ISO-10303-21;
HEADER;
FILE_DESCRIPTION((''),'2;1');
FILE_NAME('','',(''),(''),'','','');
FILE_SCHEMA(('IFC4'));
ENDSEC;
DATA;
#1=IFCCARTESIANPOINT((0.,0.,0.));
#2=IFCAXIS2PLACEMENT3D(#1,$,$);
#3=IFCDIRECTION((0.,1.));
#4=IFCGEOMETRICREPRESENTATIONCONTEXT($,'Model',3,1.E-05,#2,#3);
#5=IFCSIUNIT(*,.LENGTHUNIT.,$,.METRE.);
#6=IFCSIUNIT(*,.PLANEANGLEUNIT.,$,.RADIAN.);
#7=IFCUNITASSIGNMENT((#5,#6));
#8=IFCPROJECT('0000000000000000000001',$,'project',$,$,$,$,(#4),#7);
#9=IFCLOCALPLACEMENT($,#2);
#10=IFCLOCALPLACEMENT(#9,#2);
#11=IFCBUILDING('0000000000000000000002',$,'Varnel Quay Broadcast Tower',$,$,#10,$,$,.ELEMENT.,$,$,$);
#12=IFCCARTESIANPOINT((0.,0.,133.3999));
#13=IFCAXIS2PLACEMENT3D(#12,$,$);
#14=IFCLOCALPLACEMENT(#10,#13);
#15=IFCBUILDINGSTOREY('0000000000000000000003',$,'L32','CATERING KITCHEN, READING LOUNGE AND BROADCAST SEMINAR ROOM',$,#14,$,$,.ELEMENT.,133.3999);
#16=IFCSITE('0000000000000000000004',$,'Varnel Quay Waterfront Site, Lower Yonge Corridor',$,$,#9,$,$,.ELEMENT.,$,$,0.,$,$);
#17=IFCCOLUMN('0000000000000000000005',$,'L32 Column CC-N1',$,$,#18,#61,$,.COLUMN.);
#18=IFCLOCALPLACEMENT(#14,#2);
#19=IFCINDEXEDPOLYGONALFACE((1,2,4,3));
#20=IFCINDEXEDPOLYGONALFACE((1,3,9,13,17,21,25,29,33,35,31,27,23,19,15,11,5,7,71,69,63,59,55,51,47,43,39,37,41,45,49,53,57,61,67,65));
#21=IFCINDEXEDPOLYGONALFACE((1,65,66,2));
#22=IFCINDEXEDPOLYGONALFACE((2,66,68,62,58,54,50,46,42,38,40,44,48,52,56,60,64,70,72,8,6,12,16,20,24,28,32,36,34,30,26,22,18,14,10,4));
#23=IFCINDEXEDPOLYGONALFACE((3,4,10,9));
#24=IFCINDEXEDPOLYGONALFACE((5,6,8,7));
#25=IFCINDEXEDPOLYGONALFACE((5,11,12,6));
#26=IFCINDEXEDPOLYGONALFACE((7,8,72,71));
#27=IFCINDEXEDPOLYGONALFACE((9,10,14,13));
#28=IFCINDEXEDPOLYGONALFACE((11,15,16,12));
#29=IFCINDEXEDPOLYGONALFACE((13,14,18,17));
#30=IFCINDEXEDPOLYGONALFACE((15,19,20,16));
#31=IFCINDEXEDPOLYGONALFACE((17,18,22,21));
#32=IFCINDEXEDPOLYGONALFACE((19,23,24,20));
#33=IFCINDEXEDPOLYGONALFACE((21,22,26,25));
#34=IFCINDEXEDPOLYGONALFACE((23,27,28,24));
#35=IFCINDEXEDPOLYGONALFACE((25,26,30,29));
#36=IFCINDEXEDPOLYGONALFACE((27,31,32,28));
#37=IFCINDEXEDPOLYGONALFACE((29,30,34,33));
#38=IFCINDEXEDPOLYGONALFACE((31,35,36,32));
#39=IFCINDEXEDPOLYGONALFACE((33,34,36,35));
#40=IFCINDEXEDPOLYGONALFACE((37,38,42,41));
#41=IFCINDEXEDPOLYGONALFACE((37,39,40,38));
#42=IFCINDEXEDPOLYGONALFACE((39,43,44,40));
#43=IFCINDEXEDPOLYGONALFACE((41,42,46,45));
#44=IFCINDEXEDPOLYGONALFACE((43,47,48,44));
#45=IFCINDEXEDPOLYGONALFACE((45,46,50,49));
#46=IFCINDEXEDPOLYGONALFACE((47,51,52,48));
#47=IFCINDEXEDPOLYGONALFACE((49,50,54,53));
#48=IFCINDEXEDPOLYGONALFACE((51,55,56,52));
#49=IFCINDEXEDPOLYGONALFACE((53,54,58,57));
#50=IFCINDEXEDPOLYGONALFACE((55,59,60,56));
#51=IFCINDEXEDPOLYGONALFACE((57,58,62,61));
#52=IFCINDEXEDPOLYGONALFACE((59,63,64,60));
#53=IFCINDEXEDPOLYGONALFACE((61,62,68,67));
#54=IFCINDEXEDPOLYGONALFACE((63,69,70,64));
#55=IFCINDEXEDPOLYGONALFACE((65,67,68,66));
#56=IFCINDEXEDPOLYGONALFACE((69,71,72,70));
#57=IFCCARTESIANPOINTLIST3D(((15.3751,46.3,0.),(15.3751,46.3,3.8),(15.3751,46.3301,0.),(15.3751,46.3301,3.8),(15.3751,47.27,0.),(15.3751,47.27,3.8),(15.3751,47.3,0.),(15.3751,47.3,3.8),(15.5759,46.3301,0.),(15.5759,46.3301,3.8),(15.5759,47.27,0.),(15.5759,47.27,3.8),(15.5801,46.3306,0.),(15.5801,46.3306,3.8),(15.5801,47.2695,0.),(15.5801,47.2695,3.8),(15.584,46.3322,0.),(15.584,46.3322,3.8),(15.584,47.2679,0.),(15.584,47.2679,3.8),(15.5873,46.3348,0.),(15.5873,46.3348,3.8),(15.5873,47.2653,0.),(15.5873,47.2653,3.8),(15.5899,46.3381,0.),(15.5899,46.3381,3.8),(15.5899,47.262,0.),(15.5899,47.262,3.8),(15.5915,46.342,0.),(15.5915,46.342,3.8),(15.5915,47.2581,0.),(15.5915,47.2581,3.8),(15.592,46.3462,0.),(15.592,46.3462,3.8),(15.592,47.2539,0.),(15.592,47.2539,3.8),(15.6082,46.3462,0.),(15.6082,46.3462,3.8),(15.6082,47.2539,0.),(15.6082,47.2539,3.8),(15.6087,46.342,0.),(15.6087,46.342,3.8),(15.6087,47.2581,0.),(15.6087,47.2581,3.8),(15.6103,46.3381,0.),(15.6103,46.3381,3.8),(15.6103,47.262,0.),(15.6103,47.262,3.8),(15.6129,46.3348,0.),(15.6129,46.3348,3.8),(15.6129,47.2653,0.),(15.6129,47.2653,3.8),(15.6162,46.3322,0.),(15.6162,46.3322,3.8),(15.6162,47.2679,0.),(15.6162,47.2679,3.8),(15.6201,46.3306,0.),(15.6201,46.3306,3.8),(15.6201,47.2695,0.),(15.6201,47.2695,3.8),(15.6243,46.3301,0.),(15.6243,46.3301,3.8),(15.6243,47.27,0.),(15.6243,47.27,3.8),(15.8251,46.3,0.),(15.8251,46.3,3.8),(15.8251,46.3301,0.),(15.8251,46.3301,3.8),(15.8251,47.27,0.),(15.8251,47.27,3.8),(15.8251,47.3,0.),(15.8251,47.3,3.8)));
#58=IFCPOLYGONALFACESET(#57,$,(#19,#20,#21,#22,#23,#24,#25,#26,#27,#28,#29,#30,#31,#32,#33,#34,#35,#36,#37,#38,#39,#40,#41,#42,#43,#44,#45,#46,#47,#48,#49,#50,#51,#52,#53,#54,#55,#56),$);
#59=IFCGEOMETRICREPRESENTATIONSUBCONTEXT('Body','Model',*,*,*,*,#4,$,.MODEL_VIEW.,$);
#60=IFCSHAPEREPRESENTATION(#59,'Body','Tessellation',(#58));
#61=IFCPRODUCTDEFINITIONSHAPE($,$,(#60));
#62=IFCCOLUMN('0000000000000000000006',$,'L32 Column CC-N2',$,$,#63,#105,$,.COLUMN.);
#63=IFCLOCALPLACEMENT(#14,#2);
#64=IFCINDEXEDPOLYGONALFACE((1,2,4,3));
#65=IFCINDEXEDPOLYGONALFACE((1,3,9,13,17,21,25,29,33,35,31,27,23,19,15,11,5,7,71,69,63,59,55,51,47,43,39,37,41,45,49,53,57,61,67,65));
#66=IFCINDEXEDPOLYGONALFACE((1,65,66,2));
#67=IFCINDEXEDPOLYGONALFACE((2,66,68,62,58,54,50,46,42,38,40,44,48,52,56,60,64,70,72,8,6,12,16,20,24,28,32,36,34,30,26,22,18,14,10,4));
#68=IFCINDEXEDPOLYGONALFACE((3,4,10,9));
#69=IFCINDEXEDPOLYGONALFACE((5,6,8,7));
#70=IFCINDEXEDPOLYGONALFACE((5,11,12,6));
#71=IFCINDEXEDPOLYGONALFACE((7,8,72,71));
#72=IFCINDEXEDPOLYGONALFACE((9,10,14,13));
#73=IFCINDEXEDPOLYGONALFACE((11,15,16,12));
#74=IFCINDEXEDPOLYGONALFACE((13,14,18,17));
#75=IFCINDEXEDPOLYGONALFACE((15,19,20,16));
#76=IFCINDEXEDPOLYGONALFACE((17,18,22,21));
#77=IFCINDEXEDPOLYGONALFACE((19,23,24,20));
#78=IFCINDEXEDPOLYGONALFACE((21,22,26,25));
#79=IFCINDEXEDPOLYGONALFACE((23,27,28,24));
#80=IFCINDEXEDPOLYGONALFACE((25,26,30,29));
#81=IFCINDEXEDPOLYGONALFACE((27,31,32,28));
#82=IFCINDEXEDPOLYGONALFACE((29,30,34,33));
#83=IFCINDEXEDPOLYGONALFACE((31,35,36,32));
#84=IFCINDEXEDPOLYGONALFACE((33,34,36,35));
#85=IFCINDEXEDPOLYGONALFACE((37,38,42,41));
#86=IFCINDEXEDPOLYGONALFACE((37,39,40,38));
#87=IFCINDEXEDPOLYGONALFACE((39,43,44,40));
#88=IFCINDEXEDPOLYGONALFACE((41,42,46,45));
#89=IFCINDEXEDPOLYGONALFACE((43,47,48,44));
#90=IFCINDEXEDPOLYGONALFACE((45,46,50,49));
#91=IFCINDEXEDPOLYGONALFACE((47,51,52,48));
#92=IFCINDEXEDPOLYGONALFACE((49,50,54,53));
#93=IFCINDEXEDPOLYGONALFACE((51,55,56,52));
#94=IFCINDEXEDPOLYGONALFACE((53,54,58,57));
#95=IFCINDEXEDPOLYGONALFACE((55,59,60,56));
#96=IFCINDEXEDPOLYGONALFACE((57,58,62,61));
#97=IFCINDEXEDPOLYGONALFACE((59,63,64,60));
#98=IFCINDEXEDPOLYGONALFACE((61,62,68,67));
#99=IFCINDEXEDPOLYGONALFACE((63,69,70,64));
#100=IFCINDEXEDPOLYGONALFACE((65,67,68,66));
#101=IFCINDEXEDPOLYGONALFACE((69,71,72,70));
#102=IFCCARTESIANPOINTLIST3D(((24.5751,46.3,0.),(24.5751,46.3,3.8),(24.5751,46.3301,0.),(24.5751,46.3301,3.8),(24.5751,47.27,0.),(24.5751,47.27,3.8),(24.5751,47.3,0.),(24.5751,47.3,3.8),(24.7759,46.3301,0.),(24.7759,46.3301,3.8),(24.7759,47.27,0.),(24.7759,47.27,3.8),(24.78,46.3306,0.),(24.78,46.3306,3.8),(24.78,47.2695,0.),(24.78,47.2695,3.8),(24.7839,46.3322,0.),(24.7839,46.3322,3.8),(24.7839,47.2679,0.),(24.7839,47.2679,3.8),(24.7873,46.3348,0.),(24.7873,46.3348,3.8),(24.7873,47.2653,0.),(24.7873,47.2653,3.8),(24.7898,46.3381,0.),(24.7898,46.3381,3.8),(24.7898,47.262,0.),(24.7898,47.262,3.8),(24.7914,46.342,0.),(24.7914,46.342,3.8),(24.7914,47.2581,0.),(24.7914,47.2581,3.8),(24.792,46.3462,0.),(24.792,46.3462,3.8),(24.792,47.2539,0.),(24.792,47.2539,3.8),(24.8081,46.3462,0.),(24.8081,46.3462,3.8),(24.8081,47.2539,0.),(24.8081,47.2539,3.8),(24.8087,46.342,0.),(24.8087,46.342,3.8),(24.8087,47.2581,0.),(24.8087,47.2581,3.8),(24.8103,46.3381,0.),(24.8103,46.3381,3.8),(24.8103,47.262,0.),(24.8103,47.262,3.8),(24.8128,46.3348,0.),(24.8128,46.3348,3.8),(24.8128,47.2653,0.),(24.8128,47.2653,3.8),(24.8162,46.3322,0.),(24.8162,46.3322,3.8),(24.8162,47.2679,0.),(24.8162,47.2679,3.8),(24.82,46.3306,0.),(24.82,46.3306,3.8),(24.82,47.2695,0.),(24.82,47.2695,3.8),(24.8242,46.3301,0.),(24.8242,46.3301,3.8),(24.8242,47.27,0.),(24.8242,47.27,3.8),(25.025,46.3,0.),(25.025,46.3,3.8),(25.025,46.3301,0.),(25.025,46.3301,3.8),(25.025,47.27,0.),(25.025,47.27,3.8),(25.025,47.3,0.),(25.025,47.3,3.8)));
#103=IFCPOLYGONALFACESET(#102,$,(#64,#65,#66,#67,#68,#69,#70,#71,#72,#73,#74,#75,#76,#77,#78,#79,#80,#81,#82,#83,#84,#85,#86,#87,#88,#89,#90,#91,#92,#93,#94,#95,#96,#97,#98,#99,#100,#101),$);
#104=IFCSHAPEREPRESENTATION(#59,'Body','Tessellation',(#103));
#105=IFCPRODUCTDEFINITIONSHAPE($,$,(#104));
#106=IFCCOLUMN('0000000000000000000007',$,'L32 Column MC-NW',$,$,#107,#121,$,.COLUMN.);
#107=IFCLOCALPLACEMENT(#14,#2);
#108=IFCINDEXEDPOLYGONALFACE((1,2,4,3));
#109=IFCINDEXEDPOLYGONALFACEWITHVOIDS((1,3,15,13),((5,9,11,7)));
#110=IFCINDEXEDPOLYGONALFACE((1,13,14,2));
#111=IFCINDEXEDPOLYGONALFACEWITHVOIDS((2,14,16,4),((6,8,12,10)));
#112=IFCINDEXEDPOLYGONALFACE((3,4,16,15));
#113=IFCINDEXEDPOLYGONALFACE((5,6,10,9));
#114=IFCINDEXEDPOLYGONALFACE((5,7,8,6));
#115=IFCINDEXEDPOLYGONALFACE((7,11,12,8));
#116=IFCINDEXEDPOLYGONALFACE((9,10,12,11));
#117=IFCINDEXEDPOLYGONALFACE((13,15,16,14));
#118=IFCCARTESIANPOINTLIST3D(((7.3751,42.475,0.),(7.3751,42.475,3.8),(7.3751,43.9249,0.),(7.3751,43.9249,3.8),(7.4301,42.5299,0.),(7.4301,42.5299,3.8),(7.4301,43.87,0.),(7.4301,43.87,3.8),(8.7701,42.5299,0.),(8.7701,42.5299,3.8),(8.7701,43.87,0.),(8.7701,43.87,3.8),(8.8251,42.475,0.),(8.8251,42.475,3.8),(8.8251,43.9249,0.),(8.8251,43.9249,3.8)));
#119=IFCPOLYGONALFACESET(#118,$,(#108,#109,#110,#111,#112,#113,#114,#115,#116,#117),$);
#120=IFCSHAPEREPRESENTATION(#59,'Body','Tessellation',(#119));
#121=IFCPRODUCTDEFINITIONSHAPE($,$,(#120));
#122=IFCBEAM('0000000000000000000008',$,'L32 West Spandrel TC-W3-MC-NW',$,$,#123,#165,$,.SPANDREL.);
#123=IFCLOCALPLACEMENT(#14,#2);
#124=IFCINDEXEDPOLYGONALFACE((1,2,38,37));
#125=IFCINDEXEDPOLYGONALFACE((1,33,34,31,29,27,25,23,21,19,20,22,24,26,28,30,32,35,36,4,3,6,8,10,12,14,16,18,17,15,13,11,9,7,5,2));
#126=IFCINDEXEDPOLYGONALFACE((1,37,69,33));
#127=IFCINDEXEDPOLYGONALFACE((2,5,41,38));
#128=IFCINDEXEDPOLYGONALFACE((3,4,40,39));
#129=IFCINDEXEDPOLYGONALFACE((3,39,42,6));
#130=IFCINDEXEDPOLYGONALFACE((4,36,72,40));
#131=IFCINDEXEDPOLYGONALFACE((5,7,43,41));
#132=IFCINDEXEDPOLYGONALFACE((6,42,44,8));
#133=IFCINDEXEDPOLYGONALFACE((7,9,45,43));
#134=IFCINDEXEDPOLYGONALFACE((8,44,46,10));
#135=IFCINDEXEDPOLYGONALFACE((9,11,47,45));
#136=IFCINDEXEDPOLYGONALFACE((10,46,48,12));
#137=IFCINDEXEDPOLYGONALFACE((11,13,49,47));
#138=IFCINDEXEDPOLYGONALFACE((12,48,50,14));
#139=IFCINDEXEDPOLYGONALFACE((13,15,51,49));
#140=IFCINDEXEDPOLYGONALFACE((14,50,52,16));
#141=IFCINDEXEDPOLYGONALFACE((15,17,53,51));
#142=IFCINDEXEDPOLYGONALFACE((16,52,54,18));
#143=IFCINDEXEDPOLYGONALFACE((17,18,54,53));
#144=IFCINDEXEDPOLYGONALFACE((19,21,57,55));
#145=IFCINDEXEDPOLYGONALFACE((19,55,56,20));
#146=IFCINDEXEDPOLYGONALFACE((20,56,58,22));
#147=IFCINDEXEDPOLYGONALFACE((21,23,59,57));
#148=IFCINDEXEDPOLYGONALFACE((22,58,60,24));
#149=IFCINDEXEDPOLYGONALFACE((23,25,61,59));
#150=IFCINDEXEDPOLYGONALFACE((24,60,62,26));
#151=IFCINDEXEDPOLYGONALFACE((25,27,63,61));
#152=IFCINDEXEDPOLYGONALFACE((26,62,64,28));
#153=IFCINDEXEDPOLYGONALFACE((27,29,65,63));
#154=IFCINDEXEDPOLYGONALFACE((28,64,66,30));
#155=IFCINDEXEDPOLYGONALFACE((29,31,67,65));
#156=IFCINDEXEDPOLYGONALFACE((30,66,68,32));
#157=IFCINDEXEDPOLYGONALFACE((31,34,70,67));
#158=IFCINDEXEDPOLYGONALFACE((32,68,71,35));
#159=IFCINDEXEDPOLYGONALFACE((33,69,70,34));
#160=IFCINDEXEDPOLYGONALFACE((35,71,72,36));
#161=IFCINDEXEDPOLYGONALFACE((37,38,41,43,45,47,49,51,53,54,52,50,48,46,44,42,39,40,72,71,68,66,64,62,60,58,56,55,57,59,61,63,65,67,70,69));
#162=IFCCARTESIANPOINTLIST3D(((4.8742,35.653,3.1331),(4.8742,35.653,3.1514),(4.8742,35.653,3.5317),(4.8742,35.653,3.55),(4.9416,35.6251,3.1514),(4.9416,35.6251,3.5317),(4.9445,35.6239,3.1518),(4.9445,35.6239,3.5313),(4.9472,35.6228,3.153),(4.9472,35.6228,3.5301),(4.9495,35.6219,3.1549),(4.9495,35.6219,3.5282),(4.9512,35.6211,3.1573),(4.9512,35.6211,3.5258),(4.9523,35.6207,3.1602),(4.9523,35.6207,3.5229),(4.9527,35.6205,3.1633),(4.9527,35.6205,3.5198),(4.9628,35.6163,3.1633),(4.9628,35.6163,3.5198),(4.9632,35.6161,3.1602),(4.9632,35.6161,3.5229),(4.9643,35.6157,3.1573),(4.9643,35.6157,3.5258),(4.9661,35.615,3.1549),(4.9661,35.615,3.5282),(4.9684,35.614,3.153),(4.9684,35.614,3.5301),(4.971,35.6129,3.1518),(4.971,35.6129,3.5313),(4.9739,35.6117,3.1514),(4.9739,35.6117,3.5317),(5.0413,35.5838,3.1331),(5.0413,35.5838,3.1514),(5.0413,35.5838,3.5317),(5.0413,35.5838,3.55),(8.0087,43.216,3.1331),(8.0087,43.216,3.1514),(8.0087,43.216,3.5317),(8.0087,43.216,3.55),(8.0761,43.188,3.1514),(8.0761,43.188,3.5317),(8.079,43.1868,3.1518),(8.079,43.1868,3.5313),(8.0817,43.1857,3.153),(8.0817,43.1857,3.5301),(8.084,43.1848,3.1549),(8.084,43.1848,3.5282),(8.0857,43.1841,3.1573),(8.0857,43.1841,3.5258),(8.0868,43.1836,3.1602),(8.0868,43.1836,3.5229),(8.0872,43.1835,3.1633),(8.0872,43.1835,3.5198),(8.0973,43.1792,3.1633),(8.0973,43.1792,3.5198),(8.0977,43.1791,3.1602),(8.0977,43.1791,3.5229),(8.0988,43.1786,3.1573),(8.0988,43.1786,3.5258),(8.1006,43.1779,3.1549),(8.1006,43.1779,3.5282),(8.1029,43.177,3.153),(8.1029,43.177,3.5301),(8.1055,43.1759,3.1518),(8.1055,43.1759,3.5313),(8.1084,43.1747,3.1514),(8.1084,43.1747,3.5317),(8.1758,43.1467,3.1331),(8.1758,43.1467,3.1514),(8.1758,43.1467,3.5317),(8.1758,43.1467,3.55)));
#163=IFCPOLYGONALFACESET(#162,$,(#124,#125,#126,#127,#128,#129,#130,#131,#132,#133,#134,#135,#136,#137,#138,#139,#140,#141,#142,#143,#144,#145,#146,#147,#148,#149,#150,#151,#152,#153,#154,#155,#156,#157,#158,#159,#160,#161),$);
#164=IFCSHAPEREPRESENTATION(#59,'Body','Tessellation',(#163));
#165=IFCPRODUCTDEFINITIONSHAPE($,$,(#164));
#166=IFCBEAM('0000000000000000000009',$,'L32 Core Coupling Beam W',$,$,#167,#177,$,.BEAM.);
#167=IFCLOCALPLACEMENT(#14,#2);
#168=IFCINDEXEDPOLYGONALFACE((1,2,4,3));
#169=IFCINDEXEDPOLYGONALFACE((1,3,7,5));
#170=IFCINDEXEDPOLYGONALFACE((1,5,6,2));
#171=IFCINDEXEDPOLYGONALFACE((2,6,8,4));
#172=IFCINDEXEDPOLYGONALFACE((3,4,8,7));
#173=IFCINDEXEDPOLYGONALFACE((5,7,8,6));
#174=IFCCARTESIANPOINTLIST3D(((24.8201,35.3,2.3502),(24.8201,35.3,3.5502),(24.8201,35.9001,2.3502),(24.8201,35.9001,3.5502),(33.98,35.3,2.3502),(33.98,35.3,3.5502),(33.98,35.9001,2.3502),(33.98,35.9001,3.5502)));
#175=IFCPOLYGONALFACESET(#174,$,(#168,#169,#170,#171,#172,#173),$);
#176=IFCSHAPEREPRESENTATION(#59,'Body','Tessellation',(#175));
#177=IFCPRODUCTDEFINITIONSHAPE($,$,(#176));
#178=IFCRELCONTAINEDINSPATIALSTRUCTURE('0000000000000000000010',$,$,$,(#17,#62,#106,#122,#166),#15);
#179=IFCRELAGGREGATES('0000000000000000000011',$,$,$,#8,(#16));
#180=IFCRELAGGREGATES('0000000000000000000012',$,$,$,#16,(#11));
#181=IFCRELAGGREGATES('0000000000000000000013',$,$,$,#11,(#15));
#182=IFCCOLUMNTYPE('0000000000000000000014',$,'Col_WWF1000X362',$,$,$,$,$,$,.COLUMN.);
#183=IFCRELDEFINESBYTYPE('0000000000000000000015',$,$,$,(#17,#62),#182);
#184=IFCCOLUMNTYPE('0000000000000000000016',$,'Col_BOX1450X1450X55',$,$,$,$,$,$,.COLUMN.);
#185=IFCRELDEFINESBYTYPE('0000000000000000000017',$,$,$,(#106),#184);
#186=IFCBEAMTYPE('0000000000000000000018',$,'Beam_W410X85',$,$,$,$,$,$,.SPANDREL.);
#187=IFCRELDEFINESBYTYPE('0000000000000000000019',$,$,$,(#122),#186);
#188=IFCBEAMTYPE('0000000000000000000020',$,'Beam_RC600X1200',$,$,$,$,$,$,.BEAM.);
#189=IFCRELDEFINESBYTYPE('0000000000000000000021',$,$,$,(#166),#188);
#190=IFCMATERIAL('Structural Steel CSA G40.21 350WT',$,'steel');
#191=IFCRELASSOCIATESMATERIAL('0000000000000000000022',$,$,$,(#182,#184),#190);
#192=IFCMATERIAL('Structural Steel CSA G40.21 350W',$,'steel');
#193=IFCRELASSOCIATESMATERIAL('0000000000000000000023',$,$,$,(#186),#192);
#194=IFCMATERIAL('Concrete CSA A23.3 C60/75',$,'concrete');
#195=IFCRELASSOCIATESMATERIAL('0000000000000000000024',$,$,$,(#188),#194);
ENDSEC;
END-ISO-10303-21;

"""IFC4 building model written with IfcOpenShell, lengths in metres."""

from ifc_helpers import new_model, si_unit, direction, frame, origin, origin_2d, place, context, subcontext, project, spatial, rectangle, hollow_rectangle, i_section, extrude, source, transform, mapped, material, material_profile, profile_set, type_object, type_shapes, element, save


model = new_model("IFC4")

# Units and contexts
model_context = context("Model", 3, precision=1e-05, world=origin(), true_north=direction((0.0, 1.0)))
body_context = subcontext(model_context, "Body", "Model", "MODEL_VIEW")
ifc_project = project(units=[si_unit("LENGTHUNIT", "METRE"), si_unit("PLANEANGLEUNIT", "RADIAN")], contexts=[model_context])

# Site, building, storey
site_placement = place(None, origin())
site = spatial("IfcSite", under=ifc_project, at=site_placement, Name="Varnel Quay Waterfront Site, Lower Yonge Corridor", CompositionType="ELEMENT", RefElevation=0.0)
building_placement = place(site_placement, origin())
building = spatial("IfcBuilding", under=site, at=building_placement, Name="Varnel Quay Broadcast Tower", CompositionType="ELEMENT")
storey_placement = place(building_placement, frame((0.0, 0.0, 133.3999)))
storey = spatial("IfcBuildingStorey", under=building, at=storey_placement, Name="L32", Description="CATERING KITCHEN, READING LOUNGE AND BROADCAST SEMINAR ROOM", CompositionType="ELEMENT", Elevation=133.3999)

# Columns
ifc_material_1 = material(Name="Structural Steel CSA G40.21 350WT", Category="steel")
ifc_material_profile_1 = material_profile(ifc_material_1, i_section(OverallWidth=0.45, OverallDepth=1.0, WebThickness=0.0161, FlangeThickness=0.03, FilletRadius=0.0161, at=origin_2d()), Name="WWF1000X362")
ifc_profile_set_1 = profile_set([ifc_material_profile_1], Name="Structural Steel CSA G40.21 350WT")
column_type_1 = type_object("IfcColumnType", Name="Col_WWF1000X362", PredefinedType="COLUMN", material=ifc_profile_set_1)
shared_shape_1 = source(origin(), body_context, "Body", "SweptSolid", [
    extrude(i_section(OverallWidth=0.45, OverallDepth=1.0, WebThickness=0.0161, FlangeThickness=0.03, FilletRadius=0.0161, at=origin_2d()), origin(), (0.0, 0.0, 1.0), 3.8),
])
type_shapes(column_type_1, [shared_shape_1])
for number, where, z_axis, x_axis, name in (
    (1, (15.6001, 46.8, 0.0), (0.0, 0.0, 1.0), (1.0, 0.0, 0.0), "L32 Column CC-N1"),
    (2, (24.8, 46.8, 0.0), (0.0, 0.0, 1.0), (1.0, 0.0, 0.0), "L32 Column CC-N2"),
):
    element("IfcColumn", number, at=place(storey_placement, frame(where, z_axis=z_axis, x_axis=x_axis)), inside=storey, type_object=column_type_1, Name=name, PredefinedType="COLUMN", context=body_context, shape_type="MappedRepresentation", body=[
        mapped(shared_shape_1, transform((0.0, 0.0, 0.0), x_axis=(1.0, 0.0, 0.0), y_axis=(0.0, 1.0, 0.0), z_axis=(0.0, 0.0, 1.0), scale=1.0)),
    ])
ifc_material_profile_2 = material_profile(ifc_material_1, hollow_rectangle(XDim=1.45, YDim=1.45, WallThickness=0.0549, at=origin_2d()), Name="BOX1450X1450X55")
ifc_profile_set_2 = profile_set([ifc_material_profile_2], Name="Structural Steel CSA G40.21 350WT")
column_type_2 = type_object("IfcColumnType", Name="Col_BOX1450X1450X55", PredefinedType="COLUMN", material=ifc_profile_set_2)
shared_shape_2 = source(origin(), body_context, "Body", "SweptSolid", [
    extrude(hollow_rectangle(XDim=1.45, YDim=1.45, WallThickness=0.0549, at=origin_2d()), origin(), (0.0, 0.0, 1.0), 3.8),
])
type_shapes(column_type_2, [shared_shape_2])
column_placement = place(storey_placement, frame((8.1001, 43.2, 0.0), z_axis=(0.0, 0.0, 1.0), x_axis=(1.0, 0.0, 0.0)))
element("IfcColumn", 3, at=column_placement, inside=storey, type_object=column_type_2, Name="L32 Column MC-NW", PredefinedType="COLUMN", context=body_context, shape_type="MappedRepresentation", body=[
    mapped(shared_shape_2, transform((0.0, 0.0, 0.0), x_axis=(1.0, 0.0, 0.0), y_axis=(0.0, 1.0, 0.0), z_axis=(0.0, 0.0, 1.0), scale=1.0)),
])

# Beams
ifc_material_2 = material(Name="Structural Steel CSA G40.21 350W", Category="steel")
ifc_material_profile_3 = material_profile(ifc_material_2, i_section(OverallWidth=0.1809, OverallDepth=0.417, WebThickness=0.011, FlangeThickness=0.0183, FilletRadius=0.012, at=origin_2d()), Name="W410X85")
ifc_profile_set_3 = profile_set([ifc_material_profile_3], Name="Structural Steel CSA G40.21 350W")
beam_type_1 = type_object("IfcBeamType", Name="Beam_W410X85", PredefinedType="SPANDREL", material=ifc_profile_set_3)
shared_shape_3 = source(origin(), body_context, "Body", "SweptSolid", [
    extrude(i_section(OverallWidth=0.1809, OverallDepth=0.417, WebThickness=0.011, FlangeThickness=0.0183, FilletRadius=0.012, at=origin_2d()), origin(), (0.0, 0.0, 1.0), 8.1868),
])
beam_1_placement = place(storey_placement, frame((4.9578, 35.6184, 3.3416), z_axis=(0.382874, 0.923801, 0.0), x_axis=(-0.923801, 0.382874, 0.0)))
element("IfcBeam", 4, at=beam_1_placement, inside=storey, type_object=beam_type_1, Name="L32 West Spandrel TC-W3-MC-NW", PredefinedType="SPANDREL", context=body_context, shape_type="MappedRepresentation", body=[
    mapped(shared_shape_3, transform((0.0, 0.0, 0.0), x_axis=(1.0, 0.0, 0.0), y_axis=(0.0, 1.0, 0.0), z_axis=(0.0, 0.0, 1.0), scale=1.0)),
])
ifc_material_3 = material(Name="Concrete CSA A23.3 C60/75", Category="concrete")
ifc_material_profile_4 = material_profile(ifc_material_3, rectangle(XDim=0.6001, YDim=1.2, at=origin_2d()), Name="RC600X1200")
ifc_profile_set_4 = profile_set([ifc_material_profile_4], Name="Concrete CSA A23.3 C60/75")
beam_type_2 = type_object("IfcBeamType", Name="Beam_RC600X1200", PredefinedType="BEAM", material=ifc_profile_set_4)
shared_shape_4 = source(origin(), body_context, "Body", "SweptSolid", [
    extrude(rectangle(XDim=0.6001, YDim=1.2, at=origin_2d()), origin(), (0.0, 0.0, 1.0), 9.1599),
])
type_shapes(beam_type_2, [shared_shape_4])
beam_2_placement = place(storey_placement, frame((24.8201, 35.6001, 2.9502), z_axis=(1.0, 0.0, 0.0), x_axis=(0.0, 1.0, 0.0)))
element("IfcBeam", 5, at=beam_2_placement, inside=storey, type_object=beam_type_2, Name="L32 Core Coupling Beam W", PredefinedType="BEAM", context=body_context, shape_type="MappedRepresentation", body=[
    mapped(shared_shape_4, transform((0.0, 0.0, 0.0), x_axis=(1.0, 0.0, 0.0), y_axis=(0.0, 1.0, 0.0), z_axis=(0.0, 0.0, 1.0), scale=1.0)),
])

save(model, "model.ifc")
